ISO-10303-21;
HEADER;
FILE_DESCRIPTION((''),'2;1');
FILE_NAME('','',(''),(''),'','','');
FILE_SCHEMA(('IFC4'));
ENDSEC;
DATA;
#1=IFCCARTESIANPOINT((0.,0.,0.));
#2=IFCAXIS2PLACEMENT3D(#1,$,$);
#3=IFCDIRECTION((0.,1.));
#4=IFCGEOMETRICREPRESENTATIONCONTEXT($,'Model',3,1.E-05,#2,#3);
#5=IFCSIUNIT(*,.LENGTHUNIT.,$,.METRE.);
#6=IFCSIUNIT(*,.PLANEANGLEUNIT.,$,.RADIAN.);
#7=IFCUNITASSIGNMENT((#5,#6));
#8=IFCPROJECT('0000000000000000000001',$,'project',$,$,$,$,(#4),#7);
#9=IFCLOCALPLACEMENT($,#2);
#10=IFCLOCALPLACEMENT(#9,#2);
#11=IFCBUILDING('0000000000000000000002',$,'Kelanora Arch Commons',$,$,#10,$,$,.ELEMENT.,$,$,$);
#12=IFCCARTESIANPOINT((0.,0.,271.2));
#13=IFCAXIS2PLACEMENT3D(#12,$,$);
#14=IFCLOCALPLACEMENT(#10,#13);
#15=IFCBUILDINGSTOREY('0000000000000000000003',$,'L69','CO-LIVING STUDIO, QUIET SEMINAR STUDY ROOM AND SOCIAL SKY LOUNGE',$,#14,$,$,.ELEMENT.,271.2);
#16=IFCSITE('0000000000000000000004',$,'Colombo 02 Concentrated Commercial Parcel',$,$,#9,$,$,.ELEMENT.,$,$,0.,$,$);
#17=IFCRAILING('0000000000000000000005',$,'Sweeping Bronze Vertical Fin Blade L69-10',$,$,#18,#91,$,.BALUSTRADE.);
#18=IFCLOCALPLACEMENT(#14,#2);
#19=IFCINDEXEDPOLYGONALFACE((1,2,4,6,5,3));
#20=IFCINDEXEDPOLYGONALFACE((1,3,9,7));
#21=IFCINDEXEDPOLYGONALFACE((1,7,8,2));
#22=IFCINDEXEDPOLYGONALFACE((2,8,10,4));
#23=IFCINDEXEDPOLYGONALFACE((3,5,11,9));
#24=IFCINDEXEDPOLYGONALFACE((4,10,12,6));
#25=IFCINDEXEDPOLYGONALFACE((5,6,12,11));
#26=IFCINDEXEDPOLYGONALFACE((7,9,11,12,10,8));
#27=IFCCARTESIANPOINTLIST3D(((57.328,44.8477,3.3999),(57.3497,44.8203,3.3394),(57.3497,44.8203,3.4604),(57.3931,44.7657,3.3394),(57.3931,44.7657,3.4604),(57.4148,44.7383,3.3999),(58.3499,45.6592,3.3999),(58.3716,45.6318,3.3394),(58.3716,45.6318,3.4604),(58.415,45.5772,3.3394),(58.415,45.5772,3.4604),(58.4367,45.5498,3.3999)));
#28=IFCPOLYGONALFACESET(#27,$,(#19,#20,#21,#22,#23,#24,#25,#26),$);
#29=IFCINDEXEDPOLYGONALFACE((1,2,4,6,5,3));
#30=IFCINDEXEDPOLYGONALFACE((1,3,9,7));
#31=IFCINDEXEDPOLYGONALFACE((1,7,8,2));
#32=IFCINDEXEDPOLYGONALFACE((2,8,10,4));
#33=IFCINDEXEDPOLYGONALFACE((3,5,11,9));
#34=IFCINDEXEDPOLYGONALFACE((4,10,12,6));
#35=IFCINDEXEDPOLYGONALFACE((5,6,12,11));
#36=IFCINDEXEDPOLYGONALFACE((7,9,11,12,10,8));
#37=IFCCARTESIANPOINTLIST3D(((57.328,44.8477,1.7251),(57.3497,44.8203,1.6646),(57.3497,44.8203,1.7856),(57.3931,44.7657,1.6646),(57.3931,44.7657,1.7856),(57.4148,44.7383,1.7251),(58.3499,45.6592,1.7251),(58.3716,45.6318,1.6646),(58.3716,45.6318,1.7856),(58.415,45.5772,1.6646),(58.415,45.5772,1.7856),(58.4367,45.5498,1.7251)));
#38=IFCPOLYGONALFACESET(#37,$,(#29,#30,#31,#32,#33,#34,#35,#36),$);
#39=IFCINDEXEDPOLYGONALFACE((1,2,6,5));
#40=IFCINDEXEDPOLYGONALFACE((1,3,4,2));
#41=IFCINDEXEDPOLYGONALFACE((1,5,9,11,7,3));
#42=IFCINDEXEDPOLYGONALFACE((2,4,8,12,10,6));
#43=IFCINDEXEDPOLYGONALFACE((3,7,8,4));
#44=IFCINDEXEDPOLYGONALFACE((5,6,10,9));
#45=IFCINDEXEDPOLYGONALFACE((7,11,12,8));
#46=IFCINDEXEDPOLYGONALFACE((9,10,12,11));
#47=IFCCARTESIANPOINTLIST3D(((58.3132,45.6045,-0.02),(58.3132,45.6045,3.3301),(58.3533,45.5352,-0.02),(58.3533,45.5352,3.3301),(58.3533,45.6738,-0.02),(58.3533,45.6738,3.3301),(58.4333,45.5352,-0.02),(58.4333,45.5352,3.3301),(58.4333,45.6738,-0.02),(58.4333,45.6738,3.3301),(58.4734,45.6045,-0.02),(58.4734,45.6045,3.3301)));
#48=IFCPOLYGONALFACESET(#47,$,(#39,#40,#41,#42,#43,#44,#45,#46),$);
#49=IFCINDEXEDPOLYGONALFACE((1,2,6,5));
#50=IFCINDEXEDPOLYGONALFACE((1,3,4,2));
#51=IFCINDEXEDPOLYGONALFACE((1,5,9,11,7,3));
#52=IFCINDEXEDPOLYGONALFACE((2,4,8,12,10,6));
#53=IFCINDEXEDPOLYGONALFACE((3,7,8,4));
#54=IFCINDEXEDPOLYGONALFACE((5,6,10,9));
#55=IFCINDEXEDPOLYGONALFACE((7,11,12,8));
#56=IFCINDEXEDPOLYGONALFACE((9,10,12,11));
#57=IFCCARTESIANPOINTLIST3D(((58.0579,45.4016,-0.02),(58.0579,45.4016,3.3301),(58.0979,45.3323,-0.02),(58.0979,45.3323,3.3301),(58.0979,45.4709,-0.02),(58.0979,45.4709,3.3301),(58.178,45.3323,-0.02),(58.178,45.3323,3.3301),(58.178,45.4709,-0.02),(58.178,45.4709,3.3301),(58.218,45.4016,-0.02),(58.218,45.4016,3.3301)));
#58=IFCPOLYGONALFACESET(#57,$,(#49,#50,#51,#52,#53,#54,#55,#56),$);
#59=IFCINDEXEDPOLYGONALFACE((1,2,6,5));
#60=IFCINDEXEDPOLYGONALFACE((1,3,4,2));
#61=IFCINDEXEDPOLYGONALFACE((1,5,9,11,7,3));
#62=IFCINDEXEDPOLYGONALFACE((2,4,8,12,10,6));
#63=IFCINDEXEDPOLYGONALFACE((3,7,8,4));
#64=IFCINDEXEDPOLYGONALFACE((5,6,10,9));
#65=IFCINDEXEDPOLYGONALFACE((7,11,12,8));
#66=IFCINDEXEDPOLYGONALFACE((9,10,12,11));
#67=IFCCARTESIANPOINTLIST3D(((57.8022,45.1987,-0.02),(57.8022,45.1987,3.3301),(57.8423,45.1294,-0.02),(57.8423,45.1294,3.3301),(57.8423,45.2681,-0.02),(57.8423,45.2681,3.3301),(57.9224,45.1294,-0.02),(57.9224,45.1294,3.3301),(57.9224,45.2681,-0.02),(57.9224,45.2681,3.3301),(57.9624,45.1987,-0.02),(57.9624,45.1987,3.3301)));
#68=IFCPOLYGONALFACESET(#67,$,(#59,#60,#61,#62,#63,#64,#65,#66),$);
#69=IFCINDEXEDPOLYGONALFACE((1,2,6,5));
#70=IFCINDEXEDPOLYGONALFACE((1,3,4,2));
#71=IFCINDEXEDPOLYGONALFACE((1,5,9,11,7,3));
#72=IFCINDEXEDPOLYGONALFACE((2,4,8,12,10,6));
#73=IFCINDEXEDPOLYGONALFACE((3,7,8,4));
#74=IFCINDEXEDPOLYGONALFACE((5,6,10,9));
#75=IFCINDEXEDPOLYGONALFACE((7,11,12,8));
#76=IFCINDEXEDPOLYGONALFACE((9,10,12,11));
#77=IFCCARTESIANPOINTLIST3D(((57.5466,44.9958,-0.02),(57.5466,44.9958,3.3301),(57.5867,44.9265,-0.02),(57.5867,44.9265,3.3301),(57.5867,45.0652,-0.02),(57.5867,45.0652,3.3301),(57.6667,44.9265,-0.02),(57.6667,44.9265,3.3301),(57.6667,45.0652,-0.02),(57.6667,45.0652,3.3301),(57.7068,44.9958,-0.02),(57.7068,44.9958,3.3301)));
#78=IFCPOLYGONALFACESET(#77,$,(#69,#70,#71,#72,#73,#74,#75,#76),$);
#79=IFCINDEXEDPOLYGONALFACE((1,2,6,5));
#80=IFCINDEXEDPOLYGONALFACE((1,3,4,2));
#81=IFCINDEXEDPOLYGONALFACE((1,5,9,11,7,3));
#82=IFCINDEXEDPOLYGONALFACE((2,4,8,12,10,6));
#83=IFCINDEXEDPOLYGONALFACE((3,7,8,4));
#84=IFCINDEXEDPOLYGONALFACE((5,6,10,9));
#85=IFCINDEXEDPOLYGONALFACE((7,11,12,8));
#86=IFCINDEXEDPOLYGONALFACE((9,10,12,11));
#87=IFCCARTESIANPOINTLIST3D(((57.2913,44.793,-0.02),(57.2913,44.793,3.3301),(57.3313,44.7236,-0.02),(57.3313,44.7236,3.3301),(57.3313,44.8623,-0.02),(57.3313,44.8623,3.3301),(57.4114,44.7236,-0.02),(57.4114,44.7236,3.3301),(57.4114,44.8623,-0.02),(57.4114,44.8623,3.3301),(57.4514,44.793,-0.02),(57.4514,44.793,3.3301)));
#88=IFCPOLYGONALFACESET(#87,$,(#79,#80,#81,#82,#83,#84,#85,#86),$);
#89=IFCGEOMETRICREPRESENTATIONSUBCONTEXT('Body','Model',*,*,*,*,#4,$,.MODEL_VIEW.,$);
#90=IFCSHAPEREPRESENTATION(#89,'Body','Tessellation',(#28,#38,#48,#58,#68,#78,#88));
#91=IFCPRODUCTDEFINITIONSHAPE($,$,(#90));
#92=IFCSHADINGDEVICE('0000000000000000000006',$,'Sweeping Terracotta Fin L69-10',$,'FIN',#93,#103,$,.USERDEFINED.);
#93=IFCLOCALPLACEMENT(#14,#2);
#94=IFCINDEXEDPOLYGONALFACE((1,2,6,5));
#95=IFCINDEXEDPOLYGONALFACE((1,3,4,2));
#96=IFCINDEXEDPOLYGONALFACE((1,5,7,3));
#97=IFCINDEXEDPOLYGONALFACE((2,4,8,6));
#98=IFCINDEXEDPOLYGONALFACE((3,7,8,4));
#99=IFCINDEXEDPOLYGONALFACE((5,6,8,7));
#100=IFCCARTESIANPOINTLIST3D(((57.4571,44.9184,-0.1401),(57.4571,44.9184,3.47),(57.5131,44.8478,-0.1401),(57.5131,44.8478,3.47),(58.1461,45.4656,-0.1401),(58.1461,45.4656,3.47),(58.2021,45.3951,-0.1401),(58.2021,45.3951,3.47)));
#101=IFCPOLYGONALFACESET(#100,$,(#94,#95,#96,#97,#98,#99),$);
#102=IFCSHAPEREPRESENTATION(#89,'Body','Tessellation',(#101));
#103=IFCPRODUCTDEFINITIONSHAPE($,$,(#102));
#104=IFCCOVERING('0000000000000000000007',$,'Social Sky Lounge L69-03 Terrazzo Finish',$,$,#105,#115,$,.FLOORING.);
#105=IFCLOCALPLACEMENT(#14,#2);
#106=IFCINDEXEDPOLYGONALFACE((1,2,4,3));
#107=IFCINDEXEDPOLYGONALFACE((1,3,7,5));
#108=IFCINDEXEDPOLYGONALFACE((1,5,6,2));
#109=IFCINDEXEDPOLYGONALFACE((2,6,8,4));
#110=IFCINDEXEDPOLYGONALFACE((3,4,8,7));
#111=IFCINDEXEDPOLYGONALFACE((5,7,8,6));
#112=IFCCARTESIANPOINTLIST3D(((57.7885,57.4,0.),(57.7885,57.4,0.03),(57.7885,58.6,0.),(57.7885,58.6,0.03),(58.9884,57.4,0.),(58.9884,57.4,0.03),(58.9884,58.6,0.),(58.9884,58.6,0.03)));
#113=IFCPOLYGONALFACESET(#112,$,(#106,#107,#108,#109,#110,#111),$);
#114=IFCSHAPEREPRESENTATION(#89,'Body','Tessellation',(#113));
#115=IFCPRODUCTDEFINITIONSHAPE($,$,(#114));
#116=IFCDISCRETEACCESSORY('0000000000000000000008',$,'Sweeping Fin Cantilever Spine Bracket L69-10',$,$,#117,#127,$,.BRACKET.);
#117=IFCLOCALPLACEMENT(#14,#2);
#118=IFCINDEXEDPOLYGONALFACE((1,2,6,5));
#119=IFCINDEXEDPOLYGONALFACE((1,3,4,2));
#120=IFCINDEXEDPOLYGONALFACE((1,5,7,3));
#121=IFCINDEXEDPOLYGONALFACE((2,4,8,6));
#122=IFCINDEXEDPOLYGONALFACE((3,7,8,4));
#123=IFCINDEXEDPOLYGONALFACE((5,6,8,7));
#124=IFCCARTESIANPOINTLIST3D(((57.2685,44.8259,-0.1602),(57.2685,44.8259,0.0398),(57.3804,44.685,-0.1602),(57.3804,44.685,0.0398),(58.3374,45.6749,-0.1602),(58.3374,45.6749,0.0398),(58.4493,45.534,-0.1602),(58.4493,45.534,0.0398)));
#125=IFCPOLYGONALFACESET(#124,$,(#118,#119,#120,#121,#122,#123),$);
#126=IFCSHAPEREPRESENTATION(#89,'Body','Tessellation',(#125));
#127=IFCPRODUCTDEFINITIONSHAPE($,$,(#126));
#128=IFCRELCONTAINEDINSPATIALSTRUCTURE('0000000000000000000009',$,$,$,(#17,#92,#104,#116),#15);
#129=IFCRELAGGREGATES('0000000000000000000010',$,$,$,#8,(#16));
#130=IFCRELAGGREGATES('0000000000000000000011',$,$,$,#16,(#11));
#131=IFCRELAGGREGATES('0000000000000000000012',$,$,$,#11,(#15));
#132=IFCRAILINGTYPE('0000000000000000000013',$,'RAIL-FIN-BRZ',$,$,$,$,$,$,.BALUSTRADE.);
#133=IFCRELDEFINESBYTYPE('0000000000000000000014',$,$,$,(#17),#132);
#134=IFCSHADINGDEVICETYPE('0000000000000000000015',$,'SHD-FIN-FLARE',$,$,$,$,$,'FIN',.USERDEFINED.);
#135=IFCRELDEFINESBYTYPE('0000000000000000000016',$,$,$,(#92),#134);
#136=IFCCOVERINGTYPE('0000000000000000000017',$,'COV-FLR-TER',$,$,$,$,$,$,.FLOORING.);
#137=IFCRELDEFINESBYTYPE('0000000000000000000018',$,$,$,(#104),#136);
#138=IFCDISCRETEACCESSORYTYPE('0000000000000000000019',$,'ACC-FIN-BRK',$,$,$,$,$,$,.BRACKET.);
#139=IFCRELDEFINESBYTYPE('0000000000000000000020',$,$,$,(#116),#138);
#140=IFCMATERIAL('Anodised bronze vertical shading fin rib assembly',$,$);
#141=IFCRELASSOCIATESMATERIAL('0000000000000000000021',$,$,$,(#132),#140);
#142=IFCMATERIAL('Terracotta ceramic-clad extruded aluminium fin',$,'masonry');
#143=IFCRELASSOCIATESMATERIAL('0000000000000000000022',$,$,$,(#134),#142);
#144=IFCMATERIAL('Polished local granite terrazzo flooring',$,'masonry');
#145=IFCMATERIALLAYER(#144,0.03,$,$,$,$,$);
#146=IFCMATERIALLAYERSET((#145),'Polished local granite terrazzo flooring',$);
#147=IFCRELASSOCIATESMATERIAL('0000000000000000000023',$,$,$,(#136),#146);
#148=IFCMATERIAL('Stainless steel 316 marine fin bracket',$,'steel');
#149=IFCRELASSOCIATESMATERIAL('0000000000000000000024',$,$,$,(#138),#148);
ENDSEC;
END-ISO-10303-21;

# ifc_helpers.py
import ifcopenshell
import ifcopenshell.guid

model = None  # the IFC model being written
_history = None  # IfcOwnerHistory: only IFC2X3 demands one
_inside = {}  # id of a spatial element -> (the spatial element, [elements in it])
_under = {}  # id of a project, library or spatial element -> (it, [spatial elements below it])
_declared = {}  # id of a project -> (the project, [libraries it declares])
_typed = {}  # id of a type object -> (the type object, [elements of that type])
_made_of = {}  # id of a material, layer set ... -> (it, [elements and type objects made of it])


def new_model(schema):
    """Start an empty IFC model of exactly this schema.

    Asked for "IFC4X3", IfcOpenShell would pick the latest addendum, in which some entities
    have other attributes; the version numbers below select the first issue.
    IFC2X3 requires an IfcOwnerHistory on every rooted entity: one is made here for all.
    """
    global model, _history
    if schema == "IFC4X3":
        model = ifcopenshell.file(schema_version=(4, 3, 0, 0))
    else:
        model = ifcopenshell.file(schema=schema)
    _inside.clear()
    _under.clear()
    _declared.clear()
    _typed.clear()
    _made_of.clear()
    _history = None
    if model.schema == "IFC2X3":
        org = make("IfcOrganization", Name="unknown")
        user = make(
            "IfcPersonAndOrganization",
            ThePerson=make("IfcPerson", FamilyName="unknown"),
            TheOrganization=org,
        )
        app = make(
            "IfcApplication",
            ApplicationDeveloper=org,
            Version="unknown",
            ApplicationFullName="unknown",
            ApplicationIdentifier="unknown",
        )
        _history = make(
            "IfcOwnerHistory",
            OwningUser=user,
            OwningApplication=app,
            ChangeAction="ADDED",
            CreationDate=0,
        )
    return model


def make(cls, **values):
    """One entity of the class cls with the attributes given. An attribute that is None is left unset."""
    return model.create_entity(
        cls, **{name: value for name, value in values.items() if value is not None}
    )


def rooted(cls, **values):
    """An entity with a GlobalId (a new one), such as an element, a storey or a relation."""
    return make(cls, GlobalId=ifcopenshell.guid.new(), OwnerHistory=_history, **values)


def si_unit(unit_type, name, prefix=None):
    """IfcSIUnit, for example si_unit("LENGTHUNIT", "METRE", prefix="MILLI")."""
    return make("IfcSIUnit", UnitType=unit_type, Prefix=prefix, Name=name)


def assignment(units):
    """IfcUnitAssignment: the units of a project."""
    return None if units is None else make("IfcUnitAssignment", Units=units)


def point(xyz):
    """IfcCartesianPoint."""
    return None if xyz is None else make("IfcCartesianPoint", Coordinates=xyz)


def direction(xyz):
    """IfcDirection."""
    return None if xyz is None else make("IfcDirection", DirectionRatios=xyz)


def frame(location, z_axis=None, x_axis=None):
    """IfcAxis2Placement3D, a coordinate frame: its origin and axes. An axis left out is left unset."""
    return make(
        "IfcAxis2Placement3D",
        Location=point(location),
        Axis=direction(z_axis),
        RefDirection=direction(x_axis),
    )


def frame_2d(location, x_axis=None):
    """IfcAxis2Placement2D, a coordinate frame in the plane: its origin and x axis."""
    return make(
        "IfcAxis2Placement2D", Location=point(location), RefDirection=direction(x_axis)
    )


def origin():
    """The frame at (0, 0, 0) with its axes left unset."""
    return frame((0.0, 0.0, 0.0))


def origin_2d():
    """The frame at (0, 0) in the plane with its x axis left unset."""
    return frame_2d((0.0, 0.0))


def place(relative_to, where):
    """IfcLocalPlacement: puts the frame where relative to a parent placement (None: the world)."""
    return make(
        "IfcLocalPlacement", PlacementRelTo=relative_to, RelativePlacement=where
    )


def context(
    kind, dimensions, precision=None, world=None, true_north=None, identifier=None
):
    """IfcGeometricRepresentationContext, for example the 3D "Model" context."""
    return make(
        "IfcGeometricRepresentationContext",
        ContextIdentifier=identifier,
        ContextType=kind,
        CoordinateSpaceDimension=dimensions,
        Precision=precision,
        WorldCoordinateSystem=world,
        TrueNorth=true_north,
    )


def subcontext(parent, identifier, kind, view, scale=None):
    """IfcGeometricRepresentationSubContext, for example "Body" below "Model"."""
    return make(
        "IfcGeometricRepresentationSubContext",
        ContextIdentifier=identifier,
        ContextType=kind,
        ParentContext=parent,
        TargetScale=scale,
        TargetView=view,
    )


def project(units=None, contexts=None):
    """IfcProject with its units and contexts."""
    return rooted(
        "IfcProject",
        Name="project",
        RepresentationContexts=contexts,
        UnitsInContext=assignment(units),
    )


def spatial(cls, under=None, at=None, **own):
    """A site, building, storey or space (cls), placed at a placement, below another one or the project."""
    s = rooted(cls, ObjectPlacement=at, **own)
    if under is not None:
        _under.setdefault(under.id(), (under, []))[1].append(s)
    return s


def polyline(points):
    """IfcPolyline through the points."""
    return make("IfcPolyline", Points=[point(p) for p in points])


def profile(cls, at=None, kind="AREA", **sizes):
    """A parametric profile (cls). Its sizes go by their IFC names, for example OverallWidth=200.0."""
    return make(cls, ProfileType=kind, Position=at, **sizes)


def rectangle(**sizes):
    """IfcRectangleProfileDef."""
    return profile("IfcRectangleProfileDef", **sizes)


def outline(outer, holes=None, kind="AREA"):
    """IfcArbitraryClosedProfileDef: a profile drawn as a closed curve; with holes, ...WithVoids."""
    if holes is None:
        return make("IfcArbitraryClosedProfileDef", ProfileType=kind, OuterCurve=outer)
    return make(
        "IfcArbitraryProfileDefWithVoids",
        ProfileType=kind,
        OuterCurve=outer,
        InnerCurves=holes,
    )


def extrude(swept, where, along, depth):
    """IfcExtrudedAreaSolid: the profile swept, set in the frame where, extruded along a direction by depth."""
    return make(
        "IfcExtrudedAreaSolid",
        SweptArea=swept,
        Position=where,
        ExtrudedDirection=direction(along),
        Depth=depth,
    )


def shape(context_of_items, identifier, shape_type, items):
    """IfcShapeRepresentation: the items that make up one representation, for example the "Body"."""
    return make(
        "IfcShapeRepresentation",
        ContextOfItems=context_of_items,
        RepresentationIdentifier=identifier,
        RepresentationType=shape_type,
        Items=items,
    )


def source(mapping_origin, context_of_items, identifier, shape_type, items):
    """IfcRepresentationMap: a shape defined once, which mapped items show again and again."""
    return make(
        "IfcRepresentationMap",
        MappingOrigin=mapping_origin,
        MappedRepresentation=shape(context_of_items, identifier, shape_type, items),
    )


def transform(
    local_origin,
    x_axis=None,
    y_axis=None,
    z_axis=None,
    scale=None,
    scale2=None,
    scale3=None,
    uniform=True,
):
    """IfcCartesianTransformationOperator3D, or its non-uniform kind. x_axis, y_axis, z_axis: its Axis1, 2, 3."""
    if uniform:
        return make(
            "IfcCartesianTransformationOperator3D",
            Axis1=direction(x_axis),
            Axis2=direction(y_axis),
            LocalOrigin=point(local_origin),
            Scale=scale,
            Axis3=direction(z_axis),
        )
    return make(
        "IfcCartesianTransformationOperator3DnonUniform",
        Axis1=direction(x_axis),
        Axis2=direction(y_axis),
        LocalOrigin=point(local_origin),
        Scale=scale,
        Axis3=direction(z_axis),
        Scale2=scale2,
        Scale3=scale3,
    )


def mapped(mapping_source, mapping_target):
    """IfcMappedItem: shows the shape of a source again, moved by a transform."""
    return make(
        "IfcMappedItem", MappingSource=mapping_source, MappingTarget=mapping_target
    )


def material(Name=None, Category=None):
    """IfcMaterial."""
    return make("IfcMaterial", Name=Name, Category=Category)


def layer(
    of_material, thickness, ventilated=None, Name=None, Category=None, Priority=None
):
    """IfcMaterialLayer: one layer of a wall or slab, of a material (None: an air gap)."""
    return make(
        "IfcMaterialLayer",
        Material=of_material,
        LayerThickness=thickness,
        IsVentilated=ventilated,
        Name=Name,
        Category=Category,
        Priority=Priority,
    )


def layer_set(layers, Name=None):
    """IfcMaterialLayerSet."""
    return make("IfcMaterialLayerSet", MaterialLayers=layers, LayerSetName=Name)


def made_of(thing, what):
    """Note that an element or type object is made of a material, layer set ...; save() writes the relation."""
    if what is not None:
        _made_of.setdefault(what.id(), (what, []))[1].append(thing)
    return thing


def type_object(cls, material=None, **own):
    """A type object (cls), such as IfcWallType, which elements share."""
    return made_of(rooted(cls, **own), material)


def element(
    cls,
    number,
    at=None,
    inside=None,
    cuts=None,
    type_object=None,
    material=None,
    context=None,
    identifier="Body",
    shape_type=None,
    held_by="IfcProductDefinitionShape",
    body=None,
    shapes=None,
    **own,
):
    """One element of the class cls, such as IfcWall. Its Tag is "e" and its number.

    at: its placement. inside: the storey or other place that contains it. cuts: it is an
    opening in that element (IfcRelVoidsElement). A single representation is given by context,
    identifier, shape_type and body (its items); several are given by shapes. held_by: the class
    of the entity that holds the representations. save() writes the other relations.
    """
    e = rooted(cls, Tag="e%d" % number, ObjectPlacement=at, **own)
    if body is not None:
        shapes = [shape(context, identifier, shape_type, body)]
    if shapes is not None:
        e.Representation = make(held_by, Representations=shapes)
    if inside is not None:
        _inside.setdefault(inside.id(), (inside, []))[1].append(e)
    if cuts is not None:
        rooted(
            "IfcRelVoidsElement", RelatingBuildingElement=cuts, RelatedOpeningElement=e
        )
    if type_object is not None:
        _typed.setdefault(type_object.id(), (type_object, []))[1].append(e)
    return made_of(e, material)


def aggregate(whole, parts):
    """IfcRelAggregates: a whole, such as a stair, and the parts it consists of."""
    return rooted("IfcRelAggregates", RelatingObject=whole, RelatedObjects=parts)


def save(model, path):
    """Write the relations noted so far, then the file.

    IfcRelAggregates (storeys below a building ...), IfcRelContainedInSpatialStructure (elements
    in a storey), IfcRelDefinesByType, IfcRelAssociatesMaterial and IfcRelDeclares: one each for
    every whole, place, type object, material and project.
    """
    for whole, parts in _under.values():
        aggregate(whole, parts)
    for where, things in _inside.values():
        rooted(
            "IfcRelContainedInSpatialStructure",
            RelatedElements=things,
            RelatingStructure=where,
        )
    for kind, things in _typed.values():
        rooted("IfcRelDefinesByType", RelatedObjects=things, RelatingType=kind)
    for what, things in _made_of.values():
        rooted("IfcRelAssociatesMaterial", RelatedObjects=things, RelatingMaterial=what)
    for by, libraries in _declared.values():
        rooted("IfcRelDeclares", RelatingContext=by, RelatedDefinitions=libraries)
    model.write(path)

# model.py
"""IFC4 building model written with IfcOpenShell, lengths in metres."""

from ifc_helpers import new_model, si_unit, direction, frame, origin, origin_2d, place, context, subcontext, project, spatial, polyline, rectangle, outline, extrude, source, transform, mapped, material, layer, layer_set, type_object, element, save


model = new_model("IFC4")

# Units and contexts
model_context = context("Model", 3, precision=1e-05, world=origin(), true_north=direction((0.0, 1.0)))
body_context = subcontext(model_context, "Body", "Model", "MODEL_VIEW")
ifc_project = project(units=[si_unit("LENGTHUNIT", "METRE"), si_unit("PLANEANGLEUNIT", "RADIAN")], contexts=[model_context])

# Site, building, storey
site_placement = place(None, origin())
site = spatial("IfcSite", under=ifc_project, at=site_placement, Name="Colombo 02 Concentrated Commercial Parcel", CompositionType="ELEMENT", RefElevation=0.0)
building_placement = place(site_placement, origin())
building = spatial("IfcBuilding", under=site, at=building_placement, Name="Kelanora Arch Commons", CompositionType="ELEMENT")
storey_placement = place(building_placement, frame((0.0, 0.0, 271.2)))
storey = spatial("IfcBuildingStorey", under=building, at=storey_placement, Name="L69", Description="CO-LIVING STUDIO, QUIET SEMINAR STUDY ROOM AND SOCIAL SKY LOUNGE", CompositionType="ELEMENT", Elevation=271.2)

# Railing
ifc_material_1 = material(Name="Anodised bronze vertical shading fin rib assembly")
railing_type = type_object("IfcRailingType", Name="RAIL-FIN-BRZ", PredefinedType="BALUSTRADE", material=ifc_material_1)
railing_placement = place(storey_placement, frame((58.3933, 45.6045, -0.02)))
element("IfcRailing", 1, at=railing_placement, inside=storey, type_object=railing_type, Name="Sweeping Bronze Vertical Fin Blade L69-10", PredefinedType="BALUSTRADE", context=body_context, shape_type="SweptSolid", body=[
    extrude(outline(polyline([(0.0698, 0.0), (0.0349, 0.0605), (-0.0349, 0.0605), (-0.0698, 0.0), (-0.0349, -0.0605), (0.0349, -0.0605), (0.0698, 0.0)])), frame((0.0, 0.0, 3.4199), z_axis=(-0.783127, -0.621862, 0.0), x_axis=(0.621862, -0.783127, 0.0)), (0.0, 0.0, 1.0), 1.3049),
    extrude(outline(polyline([(0.0698, 0.0), (0.0349, 0.0605), (-0.0349, 0.0605), (-0.0698, 0.0), (-0.0349, -0.0605), (0.0349, -0.0605), (0.0698, 0.0)])), frame((0.0, 0.0, 1.7451), z_axis=(-0.783127, -0.621862, 0.0), x_axis=(0.621862, -0.783127, 0.0)), (0.0, 0.0, 1.0), 1.3049),
    extrude(outline(polyline([(0.0801, 0.0), (0.04, 0.0693), (-0.04, 0.0693), (-0.0801, 0.0), (-0.04, -0.0693), (0.04, -0.0693), (0.0801, 0.0)])), origin(), (0.0, 0.0, 1.0), 3.3501),
    extrude(outline(polyline([(0.0801, 0.0), (0.04, 0.0693), (-0.04, 0.0693), (-0.0801, 0.0), (-0.04, -0.0693), (0.04, -0.0693), (0.0801, 0.0)])), frame((-0.2554, -0.2029, 0.0)), (0.0, 0.0, 1.0), 3.3501),
    extrude(outline(polyline([(0.0801, 0.0), (0.04, 0.0693), (-0.04, 0.0693), (-0.0801, 0.0), (-0.04, -0.0693), (0.04, -0.0693), (0.0801, 0.0)])), frame((-0.511, -0.4058, 0.0)), (0.0, 0.0, 1.0), 3.3501),
    extrude(outline(polyline([(0.0801, 0.0), (0.04, 0.0693), (-0.04, 0.0693), (-0.0801, 0.0), (-0.04, -0.0693), (0.04, -0.0693), (0.0801, 0.0)])), frame((-0.7666, -0.6086, 0.0)), (0.0, 0.0, 1.0), 3.3501),
    extrude(outline(polyline([(0.0801, 0.0), (0.04, 0.0693), (-0.04, 0.0693), (-0.0801, 0.0), (-0.04, -0.0693), (0.04, -0.0693), (0.0801, 0.0)])), frame((-1.022, -0.8115, 0.0)), (0.0, 0.0, 1.0), 3.3501),
])

# Shading device
ifc_material_2 = material(Name="Terracotta ceramic-clad extruded aluminium fin", Category="masonry")
shading_device_type = type_object("IfcShadingDeviceType", Name="SHD-FIN-FLARE", ElementType="FIN", PredefinedType="USERDEFINED", material=ifc_material_2)
shared_shape_1 = source(origin(), body_context, "Body", "SweptSolid", [
    extrude(rectangle(XDim=0.8799, YDim=0.0901, at=origin_2d()), origin(), (0.0, 0.0, 1.0), 3.6101),
])
shading_device_placement = place(storey_placement, frame((57.8296, 45.1567, -0.1401), z_axis=(0.0, 0.0, 1.0), x_axis=(-0.783043, -0.621968, 0.0)))
element("IfcShadingDevice", 2, at=shading_device_placement, inside=storey, type_object=shading_device_type, Name="Sweeping Terracotta Fin L69-10", ObjectType="FIN", PredefinedType="USERDEFINED", context=body_context, shape_type="MappedRepresentation", body=[
    mapped(shared_shape_1, transform((0.0, 0.0, 0.0), scale=1.0)),
])

# Covering
ifc_material_3 = material(Name="Polished local granite terrazzo flooring", Category="masonry")
ifc_layer_1 = layer(ifc_material_3, 0.03)
ifc_layer_set_1 = layer_set([ifc_layer_1], Name="Polished local granite terrazzo flooring")
covering_type = type_object("IfcCoveringType", Name="COV-FLR-TER", PredefinedType="FLOORING", material=ifc_layer_set_1)
shared_shape_2 = source(origin(), body_context, "Body", "SweptSolid", [
    extrude(rectangle(XDim=1.2, YDim=1.2, at=origin_2d()), origin(), (0.0, 0.0, 1.0), 0.03),
])
covering_placement = place(storey_placement, frame((58.3884, 58.0, 0.0), z_axis=(0.0, 0.0, 1.0), x_axis=(1.0, 0.0, 0.0)))
element("IfcCovering", 3, at=covering_placement, inside=storey, type_object=covering_type, Name="Social Sky Lounge L69-03 Terrazzo Finish", PredefinedType="FLOORING", context=body_context, shape_type="MappedRepresentation", body=[
    mapped(shared_shape_2, transform((0.0, 0.0, 0.0), scale=1.0)),
])

# Discrete accessory
ifc_material_4 = material(Name="Stainless steel 316 marine fin bracket", Category="steel")
discrete_accessory_type = type_object("IfcDiscreteAccessoryType", Name="ACC-FIN-BRK", PredefinedType="BRACKET", material=ifc_material_4)
shared_shape_3 = source(origin(), body_context, "Body", "SweptSolid", [
    extrude(rectangle(XDim=1.365, YDim=0.1799, at=origin_2d()), origin(), (0.0, 0.0, 1.0), 0.2),
])
discrete_accessory_placement = place(storey_placement, frame((57.8589, 45.1799, -0.1602), z_axis=(0.0, 0.0, 1.0), x_axis=(-0.783043, -0.621968, 0.0)))
element("IfcDiscreteAccessory", 4, at=discrete_accessory_placement, inside=storey, type_object=discrete_accessory_type, Name="Sweeping Fin Cantilever Spine Bracket L69-10", PredefinedType="BRACKET", context=body_context, shape_type="MappedRepresentation", body=[
    mapped(shared_shape_3, transform((0.0, 0.0, 0.0), scale=1.0)),
])

save(model, "model.ifc")
